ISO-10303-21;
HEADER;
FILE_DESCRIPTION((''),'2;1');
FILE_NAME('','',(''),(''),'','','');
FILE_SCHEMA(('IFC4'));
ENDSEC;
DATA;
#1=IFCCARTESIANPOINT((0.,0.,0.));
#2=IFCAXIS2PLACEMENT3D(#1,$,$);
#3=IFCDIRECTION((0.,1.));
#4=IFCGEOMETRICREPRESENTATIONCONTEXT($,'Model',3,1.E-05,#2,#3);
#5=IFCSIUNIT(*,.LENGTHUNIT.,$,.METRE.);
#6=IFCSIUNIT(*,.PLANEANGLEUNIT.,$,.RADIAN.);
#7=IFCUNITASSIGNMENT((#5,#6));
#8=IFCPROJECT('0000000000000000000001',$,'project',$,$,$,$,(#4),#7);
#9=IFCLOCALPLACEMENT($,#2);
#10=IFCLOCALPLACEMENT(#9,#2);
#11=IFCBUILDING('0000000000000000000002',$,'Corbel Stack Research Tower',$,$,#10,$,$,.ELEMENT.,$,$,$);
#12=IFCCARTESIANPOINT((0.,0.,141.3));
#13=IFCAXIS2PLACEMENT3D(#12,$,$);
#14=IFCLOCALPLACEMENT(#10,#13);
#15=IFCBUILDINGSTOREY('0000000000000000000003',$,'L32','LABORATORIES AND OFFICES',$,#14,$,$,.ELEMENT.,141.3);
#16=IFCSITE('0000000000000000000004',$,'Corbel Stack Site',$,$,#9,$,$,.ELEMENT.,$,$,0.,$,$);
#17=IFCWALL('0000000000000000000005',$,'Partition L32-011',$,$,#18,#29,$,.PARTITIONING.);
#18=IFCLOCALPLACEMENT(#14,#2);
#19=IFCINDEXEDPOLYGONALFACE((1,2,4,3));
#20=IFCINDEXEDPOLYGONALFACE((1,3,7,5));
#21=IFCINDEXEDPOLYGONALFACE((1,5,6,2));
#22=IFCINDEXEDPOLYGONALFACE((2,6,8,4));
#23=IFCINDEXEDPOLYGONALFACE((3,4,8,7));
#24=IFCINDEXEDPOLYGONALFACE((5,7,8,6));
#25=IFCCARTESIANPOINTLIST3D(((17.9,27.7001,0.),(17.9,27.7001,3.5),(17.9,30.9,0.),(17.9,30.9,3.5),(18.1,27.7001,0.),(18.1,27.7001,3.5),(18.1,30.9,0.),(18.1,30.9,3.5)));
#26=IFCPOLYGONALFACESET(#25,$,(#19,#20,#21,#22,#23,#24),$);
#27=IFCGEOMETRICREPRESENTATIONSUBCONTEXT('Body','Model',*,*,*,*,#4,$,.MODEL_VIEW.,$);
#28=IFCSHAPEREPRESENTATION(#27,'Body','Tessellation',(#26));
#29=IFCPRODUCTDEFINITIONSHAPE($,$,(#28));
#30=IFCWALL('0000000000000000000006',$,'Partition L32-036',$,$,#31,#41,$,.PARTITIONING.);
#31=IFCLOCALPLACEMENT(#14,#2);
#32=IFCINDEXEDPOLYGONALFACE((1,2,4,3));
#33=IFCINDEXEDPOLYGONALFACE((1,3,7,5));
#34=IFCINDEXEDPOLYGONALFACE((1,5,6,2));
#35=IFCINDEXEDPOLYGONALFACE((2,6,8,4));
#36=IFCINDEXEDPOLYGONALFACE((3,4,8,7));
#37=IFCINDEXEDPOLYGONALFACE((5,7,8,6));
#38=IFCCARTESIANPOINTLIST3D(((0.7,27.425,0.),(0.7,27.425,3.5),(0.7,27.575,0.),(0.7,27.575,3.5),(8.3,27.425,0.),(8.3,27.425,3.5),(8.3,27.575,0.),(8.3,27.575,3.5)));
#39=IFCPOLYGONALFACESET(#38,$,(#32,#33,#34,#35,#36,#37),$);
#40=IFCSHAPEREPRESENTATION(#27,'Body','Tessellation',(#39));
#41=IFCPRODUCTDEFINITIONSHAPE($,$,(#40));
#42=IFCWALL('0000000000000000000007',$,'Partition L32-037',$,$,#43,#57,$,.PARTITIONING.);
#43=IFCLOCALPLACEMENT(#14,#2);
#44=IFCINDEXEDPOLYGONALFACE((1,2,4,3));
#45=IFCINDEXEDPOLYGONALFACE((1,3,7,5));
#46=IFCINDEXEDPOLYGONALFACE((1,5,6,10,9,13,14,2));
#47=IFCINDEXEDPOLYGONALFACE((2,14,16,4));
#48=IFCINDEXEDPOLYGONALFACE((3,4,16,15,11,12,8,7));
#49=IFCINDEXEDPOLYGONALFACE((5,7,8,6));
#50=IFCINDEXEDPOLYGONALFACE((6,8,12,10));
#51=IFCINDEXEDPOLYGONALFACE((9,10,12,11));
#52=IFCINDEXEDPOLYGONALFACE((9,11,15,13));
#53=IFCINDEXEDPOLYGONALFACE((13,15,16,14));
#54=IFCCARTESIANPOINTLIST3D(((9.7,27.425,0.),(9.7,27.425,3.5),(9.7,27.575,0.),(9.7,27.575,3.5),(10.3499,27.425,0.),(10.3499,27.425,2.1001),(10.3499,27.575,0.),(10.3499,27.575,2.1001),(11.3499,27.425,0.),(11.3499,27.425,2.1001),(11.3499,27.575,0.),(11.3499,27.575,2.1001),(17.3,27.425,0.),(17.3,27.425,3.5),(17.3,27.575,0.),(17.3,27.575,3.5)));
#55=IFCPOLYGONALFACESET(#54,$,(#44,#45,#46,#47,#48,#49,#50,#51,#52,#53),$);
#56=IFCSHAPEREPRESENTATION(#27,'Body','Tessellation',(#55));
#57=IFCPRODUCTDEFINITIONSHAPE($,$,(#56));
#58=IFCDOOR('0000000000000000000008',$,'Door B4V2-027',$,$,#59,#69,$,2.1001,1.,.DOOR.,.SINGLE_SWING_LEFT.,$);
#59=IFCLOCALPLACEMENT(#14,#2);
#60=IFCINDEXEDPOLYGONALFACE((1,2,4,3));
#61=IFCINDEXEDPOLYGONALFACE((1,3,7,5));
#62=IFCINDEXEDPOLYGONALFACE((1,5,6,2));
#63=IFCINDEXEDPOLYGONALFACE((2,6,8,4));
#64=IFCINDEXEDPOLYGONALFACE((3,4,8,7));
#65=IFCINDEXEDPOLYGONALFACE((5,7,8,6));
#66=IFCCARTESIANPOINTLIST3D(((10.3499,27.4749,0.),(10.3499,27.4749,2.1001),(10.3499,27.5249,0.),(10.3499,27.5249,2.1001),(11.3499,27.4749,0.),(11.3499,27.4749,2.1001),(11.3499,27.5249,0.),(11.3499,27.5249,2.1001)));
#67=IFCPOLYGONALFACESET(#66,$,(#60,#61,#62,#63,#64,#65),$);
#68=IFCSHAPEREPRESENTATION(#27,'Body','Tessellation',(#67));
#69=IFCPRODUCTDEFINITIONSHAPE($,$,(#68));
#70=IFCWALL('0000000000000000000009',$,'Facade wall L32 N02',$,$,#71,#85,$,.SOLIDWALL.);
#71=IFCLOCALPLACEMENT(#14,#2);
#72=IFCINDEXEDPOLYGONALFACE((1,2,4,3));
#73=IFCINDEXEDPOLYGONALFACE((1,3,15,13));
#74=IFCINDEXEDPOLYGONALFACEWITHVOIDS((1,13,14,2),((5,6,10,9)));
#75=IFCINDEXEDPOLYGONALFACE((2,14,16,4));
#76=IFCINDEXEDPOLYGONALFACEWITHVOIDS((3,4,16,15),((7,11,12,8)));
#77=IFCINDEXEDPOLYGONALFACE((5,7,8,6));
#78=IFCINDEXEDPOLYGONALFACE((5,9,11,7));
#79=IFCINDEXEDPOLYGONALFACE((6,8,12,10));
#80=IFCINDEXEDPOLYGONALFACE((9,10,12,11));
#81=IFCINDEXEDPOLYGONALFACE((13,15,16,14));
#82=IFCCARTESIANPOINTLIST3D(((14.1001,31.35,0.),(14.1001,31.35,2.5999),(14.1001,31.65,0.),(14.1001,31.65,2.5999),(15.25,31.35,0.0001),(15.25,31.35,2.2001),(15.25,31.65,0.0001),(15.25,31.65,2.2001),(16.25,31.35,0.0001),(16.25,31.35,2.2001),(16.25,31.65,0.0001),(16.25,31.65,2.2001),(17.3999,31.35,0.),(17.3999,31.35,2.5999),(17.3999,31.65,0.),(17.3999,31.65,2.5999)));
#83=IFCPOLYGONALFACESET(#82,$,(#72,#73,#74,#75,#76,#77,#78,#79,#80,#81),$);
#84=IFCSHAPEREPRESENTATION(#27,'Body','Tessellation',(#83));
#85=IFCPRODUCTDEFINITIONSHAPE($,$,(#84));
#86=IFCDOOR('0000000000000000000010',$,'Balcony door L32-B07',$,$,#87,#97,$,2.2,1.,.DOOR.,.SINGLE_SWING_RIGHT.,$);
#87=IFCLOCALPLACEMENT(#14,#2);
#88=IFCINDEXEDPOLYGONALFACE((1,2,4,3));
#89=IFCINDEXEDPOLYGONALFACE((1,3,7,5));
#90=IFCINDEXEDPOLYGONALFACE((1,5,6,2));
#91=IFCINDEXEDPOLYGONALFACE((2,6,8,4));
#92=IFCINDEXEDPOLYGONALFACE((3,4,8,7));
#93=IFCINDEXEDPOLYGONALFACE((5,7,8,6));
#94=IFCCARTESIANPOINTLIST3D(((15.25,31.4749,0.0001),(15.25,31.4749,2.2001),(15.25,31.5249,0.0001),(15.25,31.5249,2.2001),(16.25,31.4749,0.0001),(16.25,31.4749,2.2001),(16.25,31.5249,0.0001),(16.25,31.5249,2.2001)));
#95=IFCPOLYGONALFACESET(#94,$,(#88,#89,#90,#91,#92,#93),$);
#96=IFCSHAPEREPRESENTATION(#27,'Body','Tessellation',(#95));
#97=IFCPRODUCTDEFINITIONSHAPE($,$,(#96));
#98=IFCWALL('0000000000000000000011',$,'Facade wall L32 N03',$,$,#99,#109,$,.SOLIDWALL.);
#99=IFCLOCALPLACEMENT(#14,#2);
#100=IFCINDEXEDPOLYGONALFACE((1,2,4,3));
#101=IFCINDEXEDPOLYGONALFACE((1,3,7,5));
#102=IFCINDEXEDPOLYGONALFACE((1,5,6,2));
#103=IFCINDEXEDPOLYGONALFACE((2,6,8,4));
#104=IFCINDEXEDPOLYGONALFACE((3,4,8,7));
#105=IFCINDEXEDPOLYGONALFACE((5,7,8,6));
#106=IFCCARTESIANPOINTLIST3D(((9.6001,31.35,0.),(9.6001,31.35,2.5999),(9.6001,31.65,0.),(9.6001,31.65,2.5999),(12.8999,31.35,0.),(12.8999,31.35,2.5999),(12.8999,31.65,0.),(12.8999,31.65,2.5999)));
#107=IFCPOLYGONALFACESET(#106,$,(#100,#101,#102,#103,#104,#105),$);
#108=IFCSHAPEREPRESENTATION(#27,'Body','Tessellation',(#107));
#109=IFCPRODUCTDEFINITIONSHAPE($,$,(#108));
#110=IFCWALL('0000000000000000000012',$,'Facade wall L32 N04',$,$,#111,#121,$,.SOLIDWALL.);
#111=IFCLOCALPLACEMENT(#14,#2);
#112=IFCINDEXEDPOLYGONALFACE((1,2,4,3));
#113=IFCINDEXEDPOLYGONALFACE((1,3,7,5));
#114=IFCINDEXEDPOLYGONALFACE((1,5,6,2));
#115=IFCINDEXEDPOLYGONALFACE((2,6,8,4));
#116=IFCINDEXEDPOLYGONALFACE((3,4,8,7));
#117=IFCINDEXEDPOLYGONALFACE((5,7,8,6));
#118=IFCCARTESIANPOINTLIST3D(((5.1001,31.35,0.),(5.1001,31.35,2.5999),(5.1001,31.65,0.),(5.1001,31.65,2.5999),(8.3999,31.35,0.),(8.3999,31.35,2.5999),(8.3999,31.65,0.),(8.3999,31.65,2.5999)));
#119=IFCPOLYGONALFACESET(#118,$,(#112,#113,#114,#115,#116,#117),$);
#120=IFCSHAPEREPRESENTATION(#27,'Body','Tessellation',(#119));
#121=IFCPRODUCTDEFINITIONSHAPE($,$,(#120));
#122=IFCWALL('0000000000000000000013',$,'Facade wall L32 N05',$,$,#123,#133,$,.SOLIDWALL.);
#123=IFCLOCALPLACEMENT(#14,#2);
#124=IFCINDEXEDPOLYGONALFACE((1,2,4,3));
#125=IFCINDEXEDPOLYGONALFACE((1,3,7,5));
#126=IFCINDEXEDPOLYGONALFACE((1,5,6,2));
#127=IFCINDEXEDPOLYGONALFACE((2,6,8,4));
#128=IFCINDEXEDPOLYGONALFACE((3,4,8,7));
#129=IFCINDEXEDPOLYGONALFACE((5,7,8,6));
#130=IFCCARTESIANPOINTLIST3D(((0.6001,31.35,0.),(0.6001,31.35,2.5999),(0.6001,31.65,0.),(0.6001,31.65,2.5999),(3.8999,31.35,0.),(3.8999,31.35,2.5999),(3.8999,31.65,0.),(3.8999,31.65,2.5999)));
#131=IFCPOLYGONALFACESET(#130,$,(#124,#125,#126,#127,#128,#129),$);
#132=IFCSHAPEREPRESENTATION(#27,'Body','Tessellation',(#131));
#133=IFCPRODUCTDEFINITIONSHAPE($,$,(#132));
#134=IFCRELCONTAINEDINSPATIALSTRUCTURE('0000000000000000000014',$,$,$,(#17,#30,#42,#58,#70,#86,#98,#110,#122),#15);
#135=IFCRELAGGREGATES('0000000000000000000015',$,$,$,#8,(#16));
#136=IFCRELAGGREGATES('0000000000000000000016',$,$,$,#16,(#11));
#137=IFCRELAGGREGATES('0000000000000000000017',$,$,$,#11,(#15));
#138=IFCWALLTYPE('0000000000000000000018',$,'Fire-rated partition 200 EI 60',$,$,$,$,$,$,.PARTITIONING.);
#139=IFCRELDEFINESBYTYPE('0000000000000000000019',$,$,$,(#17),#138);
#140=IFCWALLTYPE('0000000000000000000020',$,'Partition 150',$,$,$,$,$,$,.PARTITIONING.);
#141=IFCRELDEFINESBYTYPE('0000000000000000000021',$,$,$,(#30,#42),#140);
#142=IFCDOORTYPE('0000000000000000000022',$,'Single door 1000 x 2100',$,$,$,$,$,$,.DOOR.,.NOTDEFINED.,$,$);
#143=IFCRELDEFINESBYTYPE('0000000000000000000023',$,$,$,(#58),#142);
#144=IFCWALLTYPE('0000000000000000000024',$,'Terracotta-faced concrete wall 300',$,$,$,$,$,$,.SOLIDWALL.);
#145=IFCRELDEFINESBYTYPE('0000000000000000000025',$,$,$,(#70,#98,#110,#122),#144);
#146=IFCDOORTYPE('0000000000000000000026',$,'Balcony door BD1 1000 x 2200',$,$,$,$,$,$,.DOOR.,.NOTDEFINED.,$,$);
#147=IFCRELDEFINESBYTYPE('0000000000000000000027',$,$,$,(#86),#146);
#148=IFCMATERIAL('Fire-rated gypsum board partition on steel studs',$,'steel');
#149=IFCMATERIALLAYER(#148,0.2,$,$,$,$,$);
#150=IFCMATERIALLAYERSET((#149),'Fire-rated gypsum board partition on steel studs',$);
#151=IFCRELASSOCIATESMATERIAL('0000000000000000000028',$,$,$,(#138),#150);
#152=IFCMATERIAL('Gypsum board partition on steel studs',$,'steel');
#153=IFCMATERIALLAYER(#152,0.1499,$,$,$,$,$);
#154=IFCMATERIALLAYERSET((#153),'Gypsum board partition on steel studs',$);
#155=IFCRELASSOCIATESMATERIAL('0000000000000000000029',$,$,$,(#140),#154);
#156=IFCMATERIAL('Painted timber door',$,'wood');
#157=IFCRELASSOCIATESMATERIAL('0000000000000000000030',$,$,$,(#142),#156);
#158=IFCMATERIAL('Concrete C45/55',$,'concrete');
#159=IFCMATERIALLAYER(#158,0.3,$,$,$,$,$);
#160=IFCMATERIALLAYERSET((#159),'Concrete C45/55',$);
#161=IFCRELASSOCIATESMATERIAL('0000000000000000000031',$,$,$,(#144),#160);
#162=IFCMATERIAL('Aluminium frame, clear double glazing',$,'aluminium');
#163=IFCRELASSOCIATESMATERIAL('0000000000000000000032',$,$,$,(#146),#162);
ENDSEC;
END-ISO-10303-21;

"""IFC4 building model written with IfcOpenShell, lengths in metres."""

from ifc_helpers import new_model, si_unit, direction, frame, frame_2d, origin, place, context, subcontext, project, spatial, rectangle, extrude, material, layer, layer_set, type_object, element, fill, save


model = new_model("IFC4")

# Units and contexts
model_context = context("Model", 3, precision=1e-05, world=origin(), true_north=direction((0.0, 1.0)))
body_context = subcontext(model_context, "Body", "Model", "MODEL_VIEW")
ifc_project = project(units=[si_unit("LENGTHUNIT", "METRE"), si_unit("PLANEANGLEUNIT", "RADIAN")], contexts=[model_context])

# Site, building, storey
site_placement = place(None, origin())
site = spatial("IfcSite", under=ifc_project, at=site_placement, Name="Corbel Stack Site", CompositionType="ELEMENT", RefElevation=0.0)
building_placement = place(site_placement, origin())
building = spatial("IfcBuilding", under=site, at=building_placement, Name="Corbel Stack Research Tower", CompositionType="ELEMENT")
storey_placement = place(building_placement, frame((0.0, 0.0, 141.3)))
storey = spatial("IfcBuildingStorey", under=building, at=storey_placement, Name="L32", Description="LABORATORIES AND OFFICES", CompositionType="ELEMENT", Elevation=141.3)

# Shared definitions
ifc_material_1 = material(Name="Fire-rated gypsum board partition on steel studs", Category="steel")
ifc_layer_1 = layer(ifc_material_1, 0.2)
ifc_layer_set_1 = layer_set([ifc_layer_1], Name="Fire-rated gypsum board partition on steel studs")
wall_type_1 = type_object("IfcWallType", Name="Fire-rated partition 200 EI 60", PredefinedType="PARTITIONING", material=ifc_layer_set_1)

# Walls
wall_1_placement = place(storey_placement, frame((18.0, 27.7, 0.0), z_axis=(0.0, 0.0, 1.0), x_axis=(0.0, 1.0, 0.0)))
element("IfcWall", 1, at=wall_1_placement, inside=storey, type_object=wall_type_1, Name="Partition L32-011", PredefinedType="PARTITIONING", context=body_context, shape_type="SweptSolid", body=[
    extrude(rectangle(XDim=3.2, YDim=0.2, at=frame_2d((1.6001, 0.0))), origin(), (0.0, 0.0, 1.0), 3.5),
])
ifc_material_2 = material(Name="Gypsum board partition on steel studs", Category="steel")
ifc_layer_2 = layer(ifc_material_2, 0.1499)
ifc_layer_set_2 = layer_set([ifc_layer_2], Name="Gypsum board partition on steel studs")
wall_type_2 = type_object("IfcWallType", Name="Partition 150", PredefinedType="PARTITIONING", material=ifc_layer_set_2)
wall_2_placement = place(storey_placement, frame((0.7, 27.5, 0.0), z_axis=(0.0, 0.0, 1.0), x_axis=(1.0, 0.0, 0.0)))
element("IfcWall", 2, at=wall_2_placement, inside=storey, type_object=wall_type_2, Name="Partition L32-036", PredefinedType="PARTITIONING", context=body_context, shape_type="SweptSolid", body=[
    extrude(rectangle(XDim=7.6001, YDim=0.1499, at=frame_2d((3.8, 0.0))), origin(), (0.0, 0.0, 1.0), 3.5),
])

# Walls, openings, doors
wall_3_placement = place(storey_placement, frame((9.7, 27.5, 0.0), z_axis=(0.0, 0.0, 1.0), x_axis=(1.0, 0.0, 0.0)))
wall_3 = element("IfcWall", 3, at=wall_3_placement, inside=storey, type_object=wall_type_2, Name="Partition L32-037", PredefinedType="PARTITIONING", context=body_context, shape_type="SweptSolid", body=[
    extrude(rectangle(XDim=7.6001, YDim=0.1499, at=frame_2d((3.8, 0.0))), origin(), (0.0, 0.0, 1.0), 3.5),
])
opening_1_placement = place(wall_3_placement, frame((0.6499, 0.0, 0.0)))
opening_1 = element("IfcOpeningElement", 4, at=opening_1_placement, cuts=wall_3, PredefinedType="OPENING", context=body_context, shape_type="SweptSolid", body=[
    extrude(rectangle(XDim=1.0, YDim=2.1001, at=frame_2d((0.5, 1.05))), frame((0.0, 0.085, 0.0), z_axis=(0.0, -1.0, 0.0), x_axis=(1.0, 0.0, 0.0)), (0.0, 0.0, 1.0), 0.1699),
])
ifc_material_3 = material(Name="Painted timber door", Category="wood")
door_type_1 = type_object("IfcDoorType", Name="Single door 1000 x 2100", OperationType="NOTDEFINED", PredefinedType="DOOR", material=ifc_material_3)
door_1_placement = place(opening_1_placement, origin())
door_1 = element("IfcDoor", 5, at=door_1_placement, inside=storey, type_object=door_type_1, Name="Door B4V2-027", OperationType="SINGLE_SWING_LEFT", OverallHeight=2.1001, OverallWidth=1.0, PredefinedType="DOOR", context=body_context, shape_type="SweptSolid", body=[
    extrude(rectangle(XDim=1.0, YDim=2.1001, at=frame_2d((0.5, 1.05))), frame((0.0, 0.0249, 0.0), z_axis=(0.0, -1.0, 0.0), x_axis=(1.0, 0.0, 0.0)), (0.0, 0.0, 1.0), 0.05),
])
fill(opening_1, door_1)
ifc_material_4 = material(Name="Concrete C45/55", Category="concrete")
ifc_layer_3 = layer(ifc_material_4, 0.3)
ifc_layer_set_3 = layer_set([ifc_layer_3], Name="Concrete C45/55")
wall_type_3 = type_object("IfcWallType", Name="Terracotta-faced concrete wall 300", PredefinedType="SOLIDWALL", material=ifc_layer_set_3)
wall_4_placement = place(storey_placement, frame((14.1001, 31.5, 0.0), z_axis=(0.0, 0.0, 1.0), x_axis=(1.0, 0.0, 0.0)))
wall_4 = element("IfcWall", 6, at=wall_4_placement, inside=storey, type_object=wall_type_3, Name="Facade wall L32 N02", PredefinedType="SOLIDWALL", context=body_context, shape_type="SweptSolid", body=[
    extrude(rectangle(XDim=3.2998, YDim=0.3, at=frame_2d((1.6499, 0.0))), origin(), (0.0, 0.0, 1.0), 2.5999),
])
opening_2_placement = place(wall_4_placement, frame((1.1499, 0.0, 0.0)))
opening_2 = element("IfcOpeningElement", 7, at=opening_2_placement, cuts=wall_4, PredefinedType="OPENING", context=body_context, shape_type="SweptSolid", body=[
    extrude(rectangle(XDim=1.0, YDim=2.2, at=frame_2d((0.5, 1.1001))), frame((0.0, 0.1599, 0.0), z_axis=(0.0, -1.0, 0.0), x_axis=(1.0, 0.0, 0.0)), (0.0, 0.0, 1.0), 0.3201),
])
ifc_material_5 = material(Name="Aluminium frame, clear double glazing", Category="aluminium")
door_type_2 = type_object("IfcDoorType", Name="Balcony door BD1 1000 x 2200", OperationType="NOTDEFINED", PredefinedType="DOOR", material=ifc_material_5)
door_2_placement = place(opening_2_placement, origin())
door_2 = element("IfcDoor", 8, at=door_2_placement, inside=storey, type_object=door_type_2, Name="Balcony door L32-B07", OperationType="SINGLE_SWING_RIGHT", OverallHeight=2.2, OverallWidth=1.0, PredefinedType="DOOR", context=body_context, shape_type="SweptSolid", body=[
    extrude(rectangle(XDim=1.0, YDim=2.2, at=frame_2d((0.5, 1.1001))), frame((0.0, 0.0249, 0.0), z_axis=(0.0, -1.0, 0.0), x_axis=(1.0, 0.0, 0.0)), (0.0, 0.0, 1.0), 0.05),
])
fill(opening_2, door_2)

# Walls
for number, where, z_axis, x_axis, name in (
    (9, (9.6001, 31.5, 0.0), (0.0, 0.0, 1.0), (1.0, 0.0, 0.0), "Facade wall L32 N03"),
    (10, (5.1001, 31.5, 0.0), (0.0, 0.0, 1.0), (1.0, 0.0, 0.0), "Facade wall L32 N04"),
    (11, (0.6001, 31.5, 0.0), (0.0, 0.0, 1.0), (1.0, 0.0, 0.0), "Facade wall L32 N05"),
):
    element("IfcWall", number, at=place(storey_placement, frame(where, z_axis=z_axis, x_axis=x_axis)), inside=storey, type_object=wall_type_3, Name=name, PredefinedType="SOLIDWALL", context=body_context, shape_type="SweptSolid", body=[
        extrude(rectangle(XDim=3.2998, YDim=0.3, at=frame_2d((1.6499, 0.0))), origin(), (0.0, 0.0, 1.0), 2.5999),
    ])

save(model, "model.ifc")
